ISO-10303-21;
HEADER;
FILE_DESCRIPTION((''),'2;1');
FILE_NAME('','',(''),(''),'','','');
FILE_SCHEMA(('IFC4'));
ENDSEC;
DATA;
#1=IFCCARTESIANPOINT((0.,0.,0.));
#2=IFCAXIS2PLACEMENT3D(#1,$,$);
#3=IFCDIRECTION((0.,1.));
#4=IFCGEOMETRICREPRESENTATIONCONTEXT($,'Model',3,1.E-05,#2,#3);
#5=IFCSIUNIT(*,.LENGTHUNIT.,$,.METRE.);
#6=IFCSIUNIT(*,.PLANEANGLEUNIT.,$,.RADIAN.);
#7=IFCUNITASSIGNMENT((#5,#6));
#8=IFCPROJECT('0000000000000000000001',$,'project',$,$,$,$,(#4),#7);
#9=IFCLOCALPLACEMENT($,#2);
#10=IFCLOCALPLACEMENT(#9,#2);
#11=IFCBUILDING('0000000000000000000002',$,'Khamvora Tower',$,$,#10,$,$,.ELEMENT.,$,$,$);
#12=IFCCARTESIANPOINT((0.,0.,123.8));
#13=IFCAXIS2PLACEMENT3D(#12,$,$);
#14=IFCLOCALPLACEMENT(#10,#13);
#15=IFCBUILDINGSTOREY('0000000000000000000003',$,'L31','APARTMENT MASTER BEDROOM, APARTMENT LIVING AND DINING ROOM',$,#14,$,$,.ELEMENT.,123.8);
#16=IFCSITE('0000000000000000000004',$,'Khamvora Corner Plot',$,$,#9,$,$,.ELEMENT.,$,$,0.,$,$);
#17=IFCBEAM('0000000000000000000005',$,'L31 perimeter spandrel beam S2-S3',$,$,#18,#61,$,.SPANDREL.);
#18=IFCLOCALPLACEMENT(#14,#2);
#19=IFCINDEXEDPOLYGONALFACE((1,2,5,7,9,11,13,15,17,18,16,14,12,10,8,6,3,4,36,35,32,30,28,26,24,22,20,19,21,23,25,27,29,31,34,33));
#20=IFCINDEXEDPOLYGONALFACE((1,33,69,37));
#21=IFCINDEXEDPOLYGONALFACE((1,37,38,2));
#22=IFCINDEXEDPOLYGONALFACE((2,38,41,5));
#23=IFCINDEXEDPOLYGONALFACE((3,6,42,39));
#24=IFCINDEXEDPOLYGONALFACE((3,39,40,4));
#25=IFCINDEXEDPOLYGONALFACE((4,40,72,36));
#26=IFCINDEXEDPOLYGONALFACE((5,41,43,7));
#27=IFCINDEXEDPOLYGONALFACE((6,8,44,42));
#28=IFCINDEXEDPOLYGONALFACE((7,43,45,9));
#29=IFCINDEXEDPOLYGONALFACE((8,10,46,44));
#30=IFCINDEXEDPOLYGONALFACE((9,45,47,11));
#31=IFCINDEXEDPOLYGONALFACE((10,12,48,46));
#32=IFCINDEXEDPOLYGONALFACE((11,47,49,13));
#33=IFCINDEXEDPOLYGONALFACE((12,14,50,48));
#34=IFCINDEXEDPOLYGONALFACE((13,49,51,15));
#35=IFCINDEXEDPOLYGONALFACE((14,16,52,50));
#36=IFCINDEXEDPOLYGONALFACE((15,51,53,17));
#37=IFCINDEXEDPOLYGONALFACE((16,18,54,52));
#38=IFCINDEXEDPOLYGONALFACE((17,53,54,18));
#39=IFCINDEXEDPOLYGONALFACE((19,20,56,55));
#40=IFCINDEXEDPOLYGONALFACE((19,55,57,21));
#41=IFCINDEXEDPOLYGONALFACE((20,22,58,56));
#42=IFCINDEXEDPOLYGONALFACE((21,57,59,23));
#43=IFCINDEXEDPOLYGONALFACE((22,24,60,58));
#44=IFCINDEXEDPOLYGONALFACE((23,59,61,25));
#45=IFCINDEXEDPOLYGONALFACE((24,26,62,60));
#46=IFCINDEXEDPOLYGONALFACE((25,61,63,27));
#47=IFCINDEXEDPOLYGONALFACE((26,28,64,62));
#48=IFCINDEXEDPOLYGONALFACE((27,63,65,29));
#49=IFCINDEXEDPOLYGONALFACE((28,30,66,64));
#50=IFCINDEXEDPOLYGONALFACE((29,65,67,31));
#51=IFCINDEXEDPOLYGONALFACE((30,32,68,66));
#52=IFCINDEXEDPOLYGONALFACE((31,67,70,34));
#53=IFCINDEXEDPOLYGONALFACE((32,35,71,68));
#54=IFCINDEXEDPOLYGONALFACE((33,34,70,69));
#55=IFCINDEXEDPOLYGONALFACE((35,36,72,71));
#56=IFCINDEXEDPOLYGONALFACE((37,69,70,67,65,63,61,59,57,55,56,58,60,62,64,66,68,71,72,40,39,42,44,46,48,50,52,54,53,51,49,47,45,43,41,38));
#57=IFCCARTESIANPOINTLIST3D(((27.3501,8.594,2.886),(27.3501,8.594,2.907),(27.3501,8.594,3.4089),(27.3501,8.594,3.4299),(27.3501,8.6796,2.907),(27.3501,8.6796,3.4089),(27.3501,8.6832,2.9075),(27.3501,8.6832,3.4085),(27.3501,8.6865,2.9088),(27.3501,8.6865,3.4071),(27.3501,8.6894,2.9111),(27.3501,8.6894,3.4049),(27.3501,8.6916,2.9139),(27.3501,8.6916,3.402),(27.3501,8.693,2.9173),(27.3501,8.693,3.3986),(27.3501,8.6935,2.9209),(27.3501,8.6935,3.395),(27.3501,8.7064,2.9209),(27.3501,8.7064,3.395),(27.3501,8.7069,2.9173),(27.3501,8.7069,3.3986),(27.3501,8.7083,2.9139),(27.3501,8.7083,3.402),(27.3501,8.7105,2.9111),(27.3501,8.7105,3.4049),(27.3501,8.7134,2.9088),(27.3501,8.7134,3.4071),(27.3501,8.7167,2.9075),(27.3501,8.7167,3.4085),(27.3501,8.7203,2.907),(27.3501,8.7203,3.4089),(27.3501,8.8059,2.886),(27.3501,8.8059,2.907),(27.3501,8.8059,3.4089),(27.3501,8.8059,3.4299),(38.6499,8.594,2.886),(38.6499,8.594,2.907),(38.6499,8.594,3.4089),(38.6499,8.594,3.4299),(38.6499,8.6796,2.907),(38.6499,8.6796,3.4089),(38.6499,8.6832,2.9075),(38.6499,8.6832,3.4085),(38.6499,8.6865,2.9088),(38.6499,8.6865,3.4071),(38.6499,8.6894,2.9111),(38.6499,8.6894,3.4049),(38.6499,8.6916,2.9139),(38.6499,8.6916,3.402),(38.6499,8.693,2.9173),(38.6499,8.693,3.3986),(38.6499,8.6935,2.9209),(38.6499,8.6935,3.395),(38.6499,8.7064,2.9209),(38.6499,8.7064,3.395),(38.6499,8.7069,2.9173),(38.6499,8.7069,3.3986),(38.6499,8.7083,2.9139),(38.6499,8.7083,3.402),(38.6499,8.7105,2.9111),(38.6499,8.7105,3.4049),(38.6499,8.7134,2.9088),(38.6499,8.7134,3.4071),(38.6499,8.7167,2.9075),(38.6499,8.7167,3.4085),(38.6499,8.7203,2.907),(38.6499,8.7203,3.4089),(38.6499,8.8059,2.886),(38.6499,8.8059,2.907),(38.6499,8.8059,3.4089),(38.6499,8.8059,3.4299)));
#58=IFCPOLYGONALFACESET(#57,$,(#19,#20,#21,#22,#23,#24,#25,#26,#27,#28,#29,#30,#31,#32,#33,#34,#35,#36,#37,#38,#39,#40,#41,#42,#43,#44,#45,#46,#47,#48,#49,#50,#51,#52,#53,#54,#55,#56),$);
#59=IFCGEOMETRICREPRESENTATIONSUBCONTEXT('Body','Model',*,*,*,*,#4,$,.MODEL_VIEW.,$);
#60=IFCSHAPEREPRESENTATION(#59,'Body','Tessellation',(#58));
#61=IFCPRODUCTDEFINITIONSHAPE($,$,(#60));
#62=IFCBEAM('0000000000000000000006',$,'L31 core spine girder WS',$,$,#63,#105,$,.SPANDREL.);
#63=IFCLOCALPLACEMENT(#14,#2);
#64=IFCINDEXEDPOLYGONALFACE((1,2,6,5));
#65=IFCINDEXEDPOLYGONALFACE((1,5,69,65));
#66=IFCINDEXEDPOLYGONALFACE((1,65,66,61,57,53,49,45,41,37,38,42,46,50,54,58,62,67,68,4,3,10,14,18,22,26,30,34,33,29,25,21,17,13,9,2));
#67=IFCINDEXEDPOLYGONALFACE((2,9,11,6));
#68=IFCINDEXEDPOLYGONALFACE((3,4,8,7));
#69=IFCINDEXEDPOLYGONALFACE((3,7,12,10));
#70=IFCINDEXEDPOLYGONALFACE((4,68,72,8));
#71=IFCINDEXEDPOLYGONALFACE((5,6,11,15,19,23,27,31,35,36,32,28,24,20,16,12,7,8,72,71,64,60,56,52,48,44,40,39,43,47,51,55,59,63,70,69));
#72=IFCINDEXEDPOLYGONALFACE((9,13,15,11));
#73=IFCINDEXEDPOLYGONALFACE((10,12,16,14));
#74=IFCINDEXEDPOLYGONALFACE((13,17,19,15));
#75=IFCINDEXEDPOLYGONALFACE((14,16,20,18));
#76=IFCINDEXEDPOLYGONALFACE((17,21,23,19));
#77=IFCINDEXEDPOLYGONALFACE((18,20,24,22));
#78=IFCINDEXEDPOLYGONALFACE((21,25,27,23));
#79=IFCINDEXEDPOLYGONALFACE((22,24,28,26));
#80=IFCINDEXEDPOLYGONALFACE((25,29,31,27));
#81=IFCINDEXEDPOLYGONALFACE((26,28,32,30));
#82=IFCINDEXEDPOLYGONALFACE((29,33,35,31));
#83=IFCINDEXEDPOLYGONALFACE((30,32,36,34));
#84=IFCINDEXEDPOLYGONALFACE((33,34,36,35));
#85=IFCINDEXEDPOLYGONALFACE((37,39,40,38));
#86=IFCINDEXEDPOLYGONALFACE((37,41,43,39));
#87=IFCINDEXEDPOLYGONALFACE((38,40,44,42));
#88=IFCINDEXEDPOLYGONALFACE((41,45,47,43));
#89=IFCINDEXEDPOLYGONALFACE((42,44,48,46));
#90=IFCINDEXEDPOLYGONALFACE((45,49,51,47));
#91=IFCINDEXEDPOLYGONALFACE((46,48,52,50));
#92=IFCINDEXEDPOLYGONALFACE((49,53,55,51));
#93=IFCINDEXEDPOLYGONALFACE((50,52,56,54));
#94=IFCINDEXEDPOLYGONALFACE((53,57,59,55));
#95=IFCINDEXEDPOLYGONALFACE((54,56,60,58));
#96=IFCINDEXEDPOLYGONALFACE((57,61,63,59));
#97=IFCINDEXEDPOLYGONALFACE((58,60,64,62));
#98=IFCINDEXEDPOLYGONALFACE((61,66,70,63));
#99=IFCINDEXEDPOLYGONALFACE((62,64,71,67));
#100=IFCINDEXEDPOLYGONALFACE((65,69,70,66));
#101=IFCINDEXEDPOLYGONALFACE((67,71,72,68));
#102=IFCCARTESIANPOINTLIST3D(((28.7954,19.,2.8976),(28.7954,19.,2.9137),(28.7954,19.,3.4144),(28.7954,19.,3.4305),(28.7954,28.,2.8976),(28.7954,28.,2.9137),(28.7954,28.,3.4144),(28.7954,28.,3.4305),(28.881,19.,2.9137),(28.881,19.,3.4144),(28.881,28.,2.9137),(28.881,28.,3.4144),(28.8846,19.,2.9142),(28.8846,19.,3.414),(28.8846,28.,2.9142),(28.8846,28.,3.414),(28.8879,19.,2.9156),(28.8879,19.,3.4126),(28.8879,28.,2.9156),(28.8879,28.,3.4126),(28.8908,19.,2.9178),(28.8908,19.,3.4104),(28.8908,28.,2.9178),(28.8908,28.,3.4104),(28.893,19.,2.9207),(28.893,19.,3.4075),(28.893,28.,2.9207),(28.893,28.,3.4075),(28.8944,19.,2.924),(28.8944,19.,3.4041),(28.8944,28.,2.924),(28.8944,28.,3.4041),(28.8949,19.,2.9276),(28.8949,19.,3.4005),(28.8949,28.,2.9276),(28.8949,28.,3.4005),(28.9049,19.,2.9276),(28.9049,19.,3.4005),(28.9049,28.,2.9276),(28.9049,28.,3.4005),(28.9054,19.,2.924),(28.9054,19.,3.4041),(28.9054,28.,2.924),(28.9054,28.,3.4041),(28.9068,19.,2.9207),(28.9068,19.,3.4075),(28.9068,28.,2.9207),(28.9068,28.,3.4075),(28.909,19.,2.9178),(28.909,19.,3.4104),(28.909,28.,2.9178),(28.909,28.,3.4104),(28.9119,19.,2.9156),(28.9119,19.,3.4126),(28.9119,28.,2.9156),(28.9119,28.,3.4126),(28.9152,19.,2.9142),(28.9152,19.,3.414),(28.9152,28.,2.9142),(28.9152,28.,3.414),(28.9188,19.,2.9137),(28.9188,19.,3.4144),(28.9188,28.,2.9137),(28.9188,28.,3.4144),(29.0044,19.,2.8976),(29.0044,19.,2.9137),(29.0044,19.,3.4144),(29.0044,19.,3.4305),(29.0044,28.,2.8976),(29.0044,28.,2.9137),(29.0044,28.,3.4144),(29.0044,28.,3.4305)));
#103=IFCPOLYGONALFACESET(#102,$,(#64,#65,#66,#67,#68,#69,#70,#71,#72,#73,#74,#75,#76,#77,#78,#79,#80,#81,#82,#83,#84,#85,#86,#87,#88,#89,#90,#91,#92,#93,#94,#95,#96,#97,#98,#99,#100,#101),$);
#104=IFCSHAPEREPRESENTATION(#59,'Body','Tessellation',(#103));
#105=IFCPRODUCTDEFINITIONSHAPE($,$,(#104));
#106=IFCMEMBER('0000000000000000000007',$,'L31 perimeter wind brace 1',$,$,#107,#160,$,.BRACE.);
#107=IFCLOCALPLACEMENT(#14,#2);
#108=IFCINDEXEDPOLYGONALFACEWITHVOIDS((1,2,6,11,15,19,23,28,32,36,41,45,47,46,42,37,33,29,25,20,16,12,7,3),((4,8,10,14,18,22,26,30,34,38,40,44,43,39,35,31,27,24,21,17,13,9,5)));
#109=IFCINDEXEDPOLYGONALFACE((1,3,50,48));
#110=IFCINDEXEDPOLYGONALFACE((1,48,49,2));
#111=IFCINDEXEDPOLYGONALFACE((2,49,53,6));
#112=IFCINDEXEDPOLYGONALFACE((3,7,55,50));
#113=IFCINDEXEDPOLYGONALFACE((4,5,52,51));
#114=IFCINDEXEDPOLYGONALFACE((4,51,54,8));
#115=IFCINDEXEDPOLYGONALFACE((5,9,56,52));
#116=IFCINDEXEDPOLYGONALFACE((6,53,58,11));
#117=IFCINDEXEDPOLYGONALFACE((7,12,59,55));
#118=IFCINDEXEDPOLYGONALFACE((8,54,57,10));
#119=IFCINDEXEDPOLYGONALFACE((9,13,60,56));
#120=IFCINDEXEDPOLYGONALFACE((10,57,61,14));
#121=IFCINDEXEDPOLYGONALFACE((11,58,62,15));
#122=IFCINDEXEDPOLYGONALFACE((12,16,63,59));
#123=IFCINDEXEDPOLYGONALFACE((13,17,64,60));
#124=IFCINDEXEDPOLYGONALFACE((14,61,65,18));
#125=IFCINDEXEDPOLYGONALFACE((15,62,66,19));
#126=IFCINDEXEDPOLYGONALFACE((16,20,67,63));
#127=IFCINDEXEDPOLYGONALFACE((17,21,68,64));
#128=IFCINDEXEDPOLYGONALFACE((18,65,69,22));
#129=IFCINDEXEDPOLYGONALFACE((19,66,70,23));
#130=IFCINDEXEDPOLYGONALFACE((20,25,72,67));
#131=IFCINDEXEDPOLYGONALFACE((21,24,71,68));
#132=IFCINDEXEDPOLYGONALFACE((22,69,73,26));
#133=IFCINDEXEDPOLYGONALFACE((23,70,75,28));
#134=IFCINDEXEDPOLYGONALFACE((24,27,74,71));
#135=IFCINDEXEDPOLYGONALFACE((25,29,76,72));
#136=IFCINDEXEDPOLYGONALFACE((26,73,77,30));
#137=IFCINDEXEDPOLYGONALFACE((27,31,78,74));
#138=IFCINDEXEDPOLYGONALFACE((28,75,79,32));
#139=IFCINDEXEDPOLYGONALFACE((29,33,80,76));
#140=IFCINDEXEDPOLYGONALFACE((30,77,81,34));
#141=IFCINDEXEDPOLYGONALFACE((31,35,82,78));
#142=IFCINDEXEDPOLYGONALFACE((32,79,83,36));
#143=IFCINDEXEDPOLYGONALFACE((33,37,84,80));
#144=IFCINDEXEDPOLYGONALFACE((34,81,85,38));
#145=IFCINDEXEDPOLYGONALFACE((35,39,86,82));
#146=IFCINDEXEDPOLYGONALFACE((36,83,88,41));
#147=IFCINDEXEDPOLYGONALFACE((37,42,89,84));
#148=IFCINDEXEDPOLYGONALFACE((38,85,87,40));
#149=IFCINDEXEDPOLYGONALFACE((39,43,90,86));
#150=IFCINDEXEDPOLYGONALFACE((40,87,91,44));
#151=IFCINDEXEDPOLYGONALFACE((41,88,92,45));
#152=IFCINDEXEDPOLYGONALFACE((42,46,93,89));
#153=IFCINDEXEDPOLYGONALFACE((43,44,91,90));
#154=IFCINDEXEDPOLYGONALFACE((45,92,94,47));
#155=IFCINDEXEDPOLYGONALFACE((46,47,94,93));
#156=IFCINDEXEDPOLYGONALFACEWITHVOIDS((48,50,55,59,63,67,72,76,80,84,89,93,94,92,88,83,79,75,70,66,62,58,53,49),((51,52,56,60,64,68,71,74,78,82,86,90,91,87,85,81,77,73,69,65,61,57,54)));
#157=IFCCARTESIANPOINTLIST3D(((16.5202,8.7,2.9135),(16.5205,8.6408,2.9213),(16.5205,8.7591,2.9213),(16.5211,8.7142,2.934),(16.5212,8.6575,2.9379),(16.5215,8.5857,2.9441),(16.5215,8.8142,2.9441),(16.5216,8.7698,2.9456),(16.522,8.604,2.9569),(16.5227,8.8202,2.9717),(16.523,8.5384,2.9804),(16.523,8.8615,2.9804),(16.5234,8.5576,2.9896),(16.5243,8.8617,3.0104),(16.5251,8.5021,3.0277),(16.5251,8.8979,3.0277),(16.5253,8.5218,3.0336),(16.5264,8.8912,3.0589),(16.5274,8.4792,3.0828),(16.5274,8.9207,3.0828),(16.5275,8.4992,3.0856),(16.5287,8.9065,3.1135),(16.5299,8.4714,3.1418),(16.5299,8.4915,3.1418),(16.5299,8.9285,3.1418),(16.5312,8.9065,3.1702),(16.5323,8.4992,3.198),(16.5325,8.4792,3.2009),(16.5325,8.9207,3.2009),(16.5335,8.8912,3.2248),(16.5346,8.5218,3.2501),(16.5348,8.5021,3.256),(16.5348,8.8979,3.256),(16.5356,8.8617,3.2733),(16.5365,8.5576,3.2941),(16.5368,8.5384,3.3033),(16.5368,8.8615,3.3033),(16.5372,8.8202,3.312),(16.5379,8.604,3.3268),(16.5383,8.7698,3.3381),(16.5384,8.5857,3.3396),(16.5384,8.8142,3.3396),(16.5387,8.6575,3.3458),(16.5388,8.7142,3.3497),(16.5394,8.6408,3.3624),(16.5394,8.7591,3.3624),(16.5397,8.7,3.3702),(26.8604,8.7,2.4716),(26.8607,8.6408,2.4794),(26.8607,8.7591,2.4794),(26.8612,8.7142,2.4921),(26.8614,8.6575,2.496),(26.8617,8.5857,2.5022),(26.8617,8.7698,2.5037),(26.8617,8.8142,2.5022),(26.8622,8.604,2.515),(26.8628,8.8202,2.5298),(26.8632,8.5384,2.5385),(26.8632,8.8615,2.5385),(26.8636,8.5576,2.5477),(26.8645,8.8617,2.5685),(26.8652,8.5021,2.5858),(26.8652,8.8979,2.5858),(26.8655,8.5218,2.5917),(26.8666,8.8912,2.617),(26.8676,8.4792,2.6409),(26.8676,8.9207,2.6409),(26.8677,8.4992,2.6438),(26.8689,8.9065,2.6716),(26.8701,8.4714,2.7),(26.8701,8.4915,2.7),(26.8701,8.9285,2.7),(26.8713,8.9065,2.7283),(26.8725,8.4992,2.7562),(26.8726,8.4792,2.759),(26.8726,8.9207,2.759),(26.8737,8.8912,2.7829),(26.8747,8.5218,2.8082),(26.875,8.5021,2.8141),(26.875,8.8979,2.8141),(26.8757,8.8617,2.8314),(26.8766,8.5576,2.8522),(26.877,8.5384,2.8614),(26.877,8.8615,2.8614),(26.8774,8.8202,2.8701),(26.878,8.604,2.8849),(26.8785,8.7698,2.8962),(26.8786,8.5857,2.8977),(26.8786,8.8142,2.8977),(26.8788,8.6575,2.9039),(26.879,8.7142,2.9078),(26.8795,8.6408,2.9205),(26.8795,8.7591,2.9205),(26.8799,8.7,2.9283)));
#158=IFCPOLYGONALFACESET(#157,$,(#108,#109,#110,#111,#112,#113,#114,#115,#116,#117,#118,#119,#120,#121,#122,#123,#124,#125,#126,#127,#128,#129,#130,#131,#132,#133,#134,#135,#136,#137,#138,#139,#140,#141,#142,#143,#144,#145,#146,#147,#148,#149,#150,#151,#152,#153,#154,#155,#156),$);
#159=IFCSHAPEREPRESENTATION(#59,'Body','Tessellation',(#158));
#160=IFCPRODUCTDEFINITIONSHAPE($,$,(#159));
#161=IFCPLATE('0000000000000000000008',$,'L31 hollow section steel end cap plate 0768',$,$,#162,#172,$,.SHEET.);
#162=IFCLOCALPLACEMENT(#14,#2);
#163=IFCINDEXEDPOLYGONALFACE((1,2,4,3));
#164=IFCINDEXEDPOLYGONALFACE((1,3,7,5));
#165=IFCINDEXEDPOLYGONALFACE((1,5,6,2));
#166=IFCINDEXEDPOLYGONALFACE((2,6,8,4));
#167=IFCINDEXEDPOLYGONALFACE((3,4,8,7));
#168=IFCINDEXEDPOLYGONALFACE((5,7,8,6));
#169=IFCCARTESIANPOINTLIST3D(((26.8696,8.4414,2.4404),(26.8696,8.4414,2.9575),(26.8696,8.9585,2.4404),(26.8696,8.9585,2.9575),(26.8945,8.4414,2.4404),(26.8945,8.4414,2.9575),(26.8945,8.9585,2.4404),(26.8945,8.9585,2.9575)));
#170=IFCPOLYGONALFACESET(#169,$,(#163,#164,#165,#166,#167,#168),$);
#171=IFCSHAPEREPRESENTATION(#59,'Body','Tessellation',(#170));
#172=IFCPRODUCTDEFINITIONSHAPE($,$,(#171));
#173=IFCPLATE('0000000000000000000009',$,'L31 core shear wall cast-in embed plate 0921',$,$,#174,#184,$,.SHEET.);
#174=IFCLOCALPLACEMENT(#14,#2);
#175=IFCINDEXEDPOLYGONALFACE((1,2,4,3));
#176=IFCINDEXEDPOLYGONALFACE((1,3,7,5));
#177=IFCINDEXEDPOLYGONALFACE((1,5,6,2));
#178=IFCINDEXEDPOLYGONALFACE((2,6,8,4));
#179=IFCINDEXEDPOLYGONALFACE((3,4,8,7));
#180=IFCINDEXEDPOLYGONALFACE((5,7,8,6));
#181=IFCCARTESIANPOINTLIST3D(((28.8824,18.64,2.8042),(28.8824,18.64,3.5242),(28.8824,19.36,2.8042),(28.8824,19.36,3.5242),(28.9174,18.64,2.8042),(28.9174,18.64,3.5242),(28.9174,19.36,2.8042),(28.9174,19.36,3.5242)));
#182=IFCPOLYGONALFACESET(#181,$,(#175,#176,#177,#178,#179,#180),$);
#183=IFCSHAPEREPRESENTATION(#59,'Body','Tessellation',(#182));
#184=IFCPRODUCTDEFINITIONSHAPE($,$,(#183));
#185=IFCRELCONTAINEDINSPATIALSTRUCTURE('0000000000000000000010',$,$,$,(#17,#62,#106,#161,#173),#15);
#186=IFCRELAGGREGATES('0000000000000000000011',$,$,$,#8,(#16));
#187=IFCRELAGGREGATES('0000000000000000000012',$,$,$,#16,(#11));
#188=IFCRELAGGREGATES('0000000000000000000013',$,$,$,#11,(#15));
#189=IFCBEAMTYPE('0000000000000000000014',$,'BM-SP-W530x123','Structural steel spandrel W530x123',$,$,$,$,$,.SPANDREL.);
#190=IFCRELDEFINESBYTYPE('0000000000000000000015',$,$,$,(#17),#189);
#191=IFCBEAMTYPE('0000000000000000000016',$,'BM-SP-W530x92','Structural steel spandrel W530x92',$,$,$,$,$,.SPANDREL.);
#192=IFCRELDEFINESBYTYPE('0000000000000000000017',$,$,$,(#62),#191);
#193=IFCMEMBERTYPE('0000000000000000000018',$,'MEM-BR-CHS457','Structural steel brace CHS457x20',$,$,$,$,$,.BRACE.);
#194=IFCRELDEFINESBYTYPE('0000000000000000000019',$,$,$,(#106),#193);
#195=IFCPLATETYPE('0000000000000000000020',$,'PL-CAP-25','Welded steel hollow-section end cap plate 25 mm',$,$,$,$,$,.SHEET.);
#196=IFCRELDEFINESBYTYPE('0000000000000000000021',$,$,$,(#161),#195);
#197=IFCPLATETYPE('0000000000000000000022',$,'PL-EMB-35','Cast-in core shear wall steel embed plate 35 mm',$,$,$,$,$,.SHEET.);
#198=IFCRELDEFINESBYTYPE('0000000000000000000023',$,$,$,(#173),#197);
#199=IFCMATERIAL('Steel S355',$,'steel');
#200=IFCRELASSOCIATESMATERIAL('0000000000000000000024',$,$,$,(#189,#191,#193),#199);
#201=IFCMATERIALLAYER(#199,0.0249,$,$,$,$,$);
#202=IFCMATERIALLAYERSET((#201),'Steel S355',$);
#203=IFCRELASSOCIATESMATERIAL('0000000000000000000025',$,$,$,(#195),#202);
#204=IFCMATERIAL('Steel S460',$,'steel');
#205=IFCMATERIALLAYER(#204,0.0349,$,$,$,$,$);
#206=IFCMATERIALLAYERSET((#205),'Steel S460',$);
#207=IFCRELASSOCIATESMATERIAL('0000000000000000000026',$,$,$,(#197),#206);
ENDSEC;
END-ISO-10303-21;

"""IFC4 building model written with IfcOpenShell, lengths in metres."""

from ifc_helpers import new_model, si_unit, direction, frame, origin, origin_2d, place, context, subcontext, project, spatial, rectangle, hollow_circle, i_section, extrude, material, layer, layer_set, material_profile, profile_set, type_object, element, save


model = new_model("IFC4")

# Units and contexts
model_context = context("Model", 3, precision=1e-05, world=origin(), true_north=direction((0.0, 1.0)))
body_context = subcontext(model_context, "Body", "Model", "MODEL_VIEW")
ifc_project = project(units=[si_unit("LENGTHUNIT", "METRE"), si_unit("PLANEANGLEUNIT", "RADIAN")], contexts=[model_context])

# Site, building, storey
site_placement = place(None, origin())
site = spatial("IfcSite", under=ifc_project, at=site_placement, Name="Khamvora Corner Plot", CompositionType="ELEMENT", RefElevation=0.0)
building_placement = place(site_placement, origin())
building = spatial("IfcBuilding", under=site, at=building_placement, Name="Khamvora Tower", CompositionType="ELEMENT")
storey_placement = place(building_placement, frame((0.0, 0.0, 123.8)))
storey = spatial("IfcBuildingStorey", under=building, at=storey_placement, Name="L31", Description="APARTMENT MASTER BEDROOM, APARTMENT LIVING AND DINING ROOM", CompositionType="ELEMENT", Elevation=123.8)

# Shared definitions
ifc_material_1 = material(Name="Steel S355", Category="steel")
ifc_material_2 = material(Name="Steel S460", Category="steel")

# Beams
ifc_material_profile_1 = material_profile(ifc_material_1, i_section(OverallWidth=0.2119, OverallDepth=0.5439, WebThickness=0.0129, FlangeThickness=0.021, FilletRadius=0.0139, at=origin_2d()), Name="W530x123")
ifc_profile_set_1 = profile_set([ifc_material_profile_1], Name="Steel S355")
beam_type_1 = type_object("IfcBeamType", Name="BM-SP-W530x123", Description="Structural steel spandrel W530x123", PredefinedType="SPANDREL", material=ifc_profile_set_1)
beam_1_placement = place(storey_placement, frame((27.3501, 8.7, 3.158), z_axis=(1.0, 0.0, 0.0), x_axis=(0.0, 1.0, 0.0)))
element("IfcBeam", 1, at=beam_1_placement, inside=storey, type_object=beam_type_1, Name="L31 perimeter spandrel beam S2-S3", PredefinedType="SPANDREL", context=body_context, shape_type="SweptSolid", body=[
    extrude(i_section(OverallWidth=0.2119, OverallDepth=0.5439, WebThickness=0.0129, FlangeThickness=0.021, FilletRadius=0.0139, at=origin_2d()), origin(), (0.0, 0.0, 1.0), 11.2998),
])
ifc_material_profile_2 = material_profile(ifc_material_1, i_section(OverallWidth=0.209, OverallDepth=0.533, WebThickness=0.01, FlangeThickness=0.0161, FilletRadius=0.0139, at=origin_2d()), Name="W530x92")
ifc_profile_set_2 = profile_set([ifc_material_profile_2], Name="Steel S355")
beam_type_2 = type_object("IfcBeamType", Name="BM-SP-W530x92", Description="Structural steel spandrel W530x92", PredefinedType="SPANDREL", material=ifc_profile_set_2)
beam_2_placement = place(storey_placement, frame((28.8999, 19.0, 3.1641), z_axis=(0.0, 1.0, 0.0), x_axis=(-1.0, 0.0, 0.0)))
element("IfcBeam", 2, at=beam_2_placement, inside=storey, type_object=beam_type_2, Name="L31 core spine girder WS", PredefinedType="SPANDREL", context=body_context, shape_type="SweptSolid", body=[
    extrude(i_section(OverallWidth=0.209, OverallDepth=0.533, WebThickness=0.01, FlangeThickness=0.0161, FilletRadius=0.0139, at=origin_2d()), origin(), (0.0, 0.0, 1.0), 9.0),
])

# Member
ifc_material_profile_3 = material_profile(ifc_material_1, hollow_circle(Radius=0.2285, WallThickness=0.02, at=origin_2d()), Name="CHS457x20")
ifc_profile_set_3 = profile_set([ifc_material_profile_3], Name="Steel S355")
member_type = type_object("IfcMemberType", Name="MEM-BR-CHS457", Description="Structural steel brace CHS457x20", PredefinedType="BRACE", material=ifc_profile_set_3)
member_placement = place(storey_placement, frame((26.8701, 8.7, 2.7), z_axis=(-0.999088, 0.0, 0.042697), x_axis=(0.0, -1.0, 0.0)))
element("IfcMember", 3, at=member_placement, inside=storey, type_object=member_type, Name="L31 perimeter wind brace 1", PredefinedType="BRACE", context=body_context, shape_type="SweptSolid", body=[
    extrude(hollow_circle(Radius=0.2285, WallThickness=0.02, at=origin_2d()), origin(), (0.0, 0.0, 1.0), 10.3496),
])

# Plates
ifc_layer_1 = layer(ifc_material_1, 0.0249)
ifc_layer_set_1 = layer_set([ifc_layer_1], Name="Steel S355")
plate_type_1 = type_object("IfcPlateType", Name="PL-CAP-25", Description="Welded steel hollow-section end cap plate 25 mm", PredefinedType="SHEET", material=ifc_layer_set_1)
plate_1_placement = place(storey_placement, frame((26.8821, 8.7, 2.4404), z_axis=(0.0, 0.0, 1.0), x_axis=(-1.0, 0.0, 0.0)))
element("IfcPlate", 4, at=plate_1_placement, inside=storey, type_object=plate_type_1, Name="L31 hollow section steel end cap plate 0768", PredefinedType="SHEET", context=body_context, shape_type="SweptSolid", body=[
    extrude(rectangle(XDim=0.0249, YDim=0.5171, at=origin_2d()), origin(), (0.0, 0.0, 1.0), 0.5171),
])
ifc_layer_2 = layer(ifc_material_2, 0.0349)
ifc_layer_set_2 = layer_set([ifc_layer_2], Name="Steel S460")
plate_type_2 = type_object("IfcPlateType", Name="PL-EMB-35", Description="Cast-in core shear wall steel embed plate 35 mm", PredefinedType="SHEET", material=ifc_layer_set_2)
plate_2_placement = place(storey_placement, frame((28.8999, 19.0, 2.8042), z_axis=(0.0, 0.0, 1.0), x_axis=(1.0, 0.0, 0.0)))
element("IfcPlate", 5, at=plate_2_placement, inside=storey, type_object=plate_type_2, Name="L31 core shear wall cast-in embed plate 0921", PredefinedType="SHEET", context=body_context, shape_type="SweptSolid", body=[
    extrude(rectangle(XDim=0.0349, YDim=0.72, at=origin_2d()), origin(), (0.0, 0.0, 1.0), 0.72),
])

save(model, "model.ifc")
